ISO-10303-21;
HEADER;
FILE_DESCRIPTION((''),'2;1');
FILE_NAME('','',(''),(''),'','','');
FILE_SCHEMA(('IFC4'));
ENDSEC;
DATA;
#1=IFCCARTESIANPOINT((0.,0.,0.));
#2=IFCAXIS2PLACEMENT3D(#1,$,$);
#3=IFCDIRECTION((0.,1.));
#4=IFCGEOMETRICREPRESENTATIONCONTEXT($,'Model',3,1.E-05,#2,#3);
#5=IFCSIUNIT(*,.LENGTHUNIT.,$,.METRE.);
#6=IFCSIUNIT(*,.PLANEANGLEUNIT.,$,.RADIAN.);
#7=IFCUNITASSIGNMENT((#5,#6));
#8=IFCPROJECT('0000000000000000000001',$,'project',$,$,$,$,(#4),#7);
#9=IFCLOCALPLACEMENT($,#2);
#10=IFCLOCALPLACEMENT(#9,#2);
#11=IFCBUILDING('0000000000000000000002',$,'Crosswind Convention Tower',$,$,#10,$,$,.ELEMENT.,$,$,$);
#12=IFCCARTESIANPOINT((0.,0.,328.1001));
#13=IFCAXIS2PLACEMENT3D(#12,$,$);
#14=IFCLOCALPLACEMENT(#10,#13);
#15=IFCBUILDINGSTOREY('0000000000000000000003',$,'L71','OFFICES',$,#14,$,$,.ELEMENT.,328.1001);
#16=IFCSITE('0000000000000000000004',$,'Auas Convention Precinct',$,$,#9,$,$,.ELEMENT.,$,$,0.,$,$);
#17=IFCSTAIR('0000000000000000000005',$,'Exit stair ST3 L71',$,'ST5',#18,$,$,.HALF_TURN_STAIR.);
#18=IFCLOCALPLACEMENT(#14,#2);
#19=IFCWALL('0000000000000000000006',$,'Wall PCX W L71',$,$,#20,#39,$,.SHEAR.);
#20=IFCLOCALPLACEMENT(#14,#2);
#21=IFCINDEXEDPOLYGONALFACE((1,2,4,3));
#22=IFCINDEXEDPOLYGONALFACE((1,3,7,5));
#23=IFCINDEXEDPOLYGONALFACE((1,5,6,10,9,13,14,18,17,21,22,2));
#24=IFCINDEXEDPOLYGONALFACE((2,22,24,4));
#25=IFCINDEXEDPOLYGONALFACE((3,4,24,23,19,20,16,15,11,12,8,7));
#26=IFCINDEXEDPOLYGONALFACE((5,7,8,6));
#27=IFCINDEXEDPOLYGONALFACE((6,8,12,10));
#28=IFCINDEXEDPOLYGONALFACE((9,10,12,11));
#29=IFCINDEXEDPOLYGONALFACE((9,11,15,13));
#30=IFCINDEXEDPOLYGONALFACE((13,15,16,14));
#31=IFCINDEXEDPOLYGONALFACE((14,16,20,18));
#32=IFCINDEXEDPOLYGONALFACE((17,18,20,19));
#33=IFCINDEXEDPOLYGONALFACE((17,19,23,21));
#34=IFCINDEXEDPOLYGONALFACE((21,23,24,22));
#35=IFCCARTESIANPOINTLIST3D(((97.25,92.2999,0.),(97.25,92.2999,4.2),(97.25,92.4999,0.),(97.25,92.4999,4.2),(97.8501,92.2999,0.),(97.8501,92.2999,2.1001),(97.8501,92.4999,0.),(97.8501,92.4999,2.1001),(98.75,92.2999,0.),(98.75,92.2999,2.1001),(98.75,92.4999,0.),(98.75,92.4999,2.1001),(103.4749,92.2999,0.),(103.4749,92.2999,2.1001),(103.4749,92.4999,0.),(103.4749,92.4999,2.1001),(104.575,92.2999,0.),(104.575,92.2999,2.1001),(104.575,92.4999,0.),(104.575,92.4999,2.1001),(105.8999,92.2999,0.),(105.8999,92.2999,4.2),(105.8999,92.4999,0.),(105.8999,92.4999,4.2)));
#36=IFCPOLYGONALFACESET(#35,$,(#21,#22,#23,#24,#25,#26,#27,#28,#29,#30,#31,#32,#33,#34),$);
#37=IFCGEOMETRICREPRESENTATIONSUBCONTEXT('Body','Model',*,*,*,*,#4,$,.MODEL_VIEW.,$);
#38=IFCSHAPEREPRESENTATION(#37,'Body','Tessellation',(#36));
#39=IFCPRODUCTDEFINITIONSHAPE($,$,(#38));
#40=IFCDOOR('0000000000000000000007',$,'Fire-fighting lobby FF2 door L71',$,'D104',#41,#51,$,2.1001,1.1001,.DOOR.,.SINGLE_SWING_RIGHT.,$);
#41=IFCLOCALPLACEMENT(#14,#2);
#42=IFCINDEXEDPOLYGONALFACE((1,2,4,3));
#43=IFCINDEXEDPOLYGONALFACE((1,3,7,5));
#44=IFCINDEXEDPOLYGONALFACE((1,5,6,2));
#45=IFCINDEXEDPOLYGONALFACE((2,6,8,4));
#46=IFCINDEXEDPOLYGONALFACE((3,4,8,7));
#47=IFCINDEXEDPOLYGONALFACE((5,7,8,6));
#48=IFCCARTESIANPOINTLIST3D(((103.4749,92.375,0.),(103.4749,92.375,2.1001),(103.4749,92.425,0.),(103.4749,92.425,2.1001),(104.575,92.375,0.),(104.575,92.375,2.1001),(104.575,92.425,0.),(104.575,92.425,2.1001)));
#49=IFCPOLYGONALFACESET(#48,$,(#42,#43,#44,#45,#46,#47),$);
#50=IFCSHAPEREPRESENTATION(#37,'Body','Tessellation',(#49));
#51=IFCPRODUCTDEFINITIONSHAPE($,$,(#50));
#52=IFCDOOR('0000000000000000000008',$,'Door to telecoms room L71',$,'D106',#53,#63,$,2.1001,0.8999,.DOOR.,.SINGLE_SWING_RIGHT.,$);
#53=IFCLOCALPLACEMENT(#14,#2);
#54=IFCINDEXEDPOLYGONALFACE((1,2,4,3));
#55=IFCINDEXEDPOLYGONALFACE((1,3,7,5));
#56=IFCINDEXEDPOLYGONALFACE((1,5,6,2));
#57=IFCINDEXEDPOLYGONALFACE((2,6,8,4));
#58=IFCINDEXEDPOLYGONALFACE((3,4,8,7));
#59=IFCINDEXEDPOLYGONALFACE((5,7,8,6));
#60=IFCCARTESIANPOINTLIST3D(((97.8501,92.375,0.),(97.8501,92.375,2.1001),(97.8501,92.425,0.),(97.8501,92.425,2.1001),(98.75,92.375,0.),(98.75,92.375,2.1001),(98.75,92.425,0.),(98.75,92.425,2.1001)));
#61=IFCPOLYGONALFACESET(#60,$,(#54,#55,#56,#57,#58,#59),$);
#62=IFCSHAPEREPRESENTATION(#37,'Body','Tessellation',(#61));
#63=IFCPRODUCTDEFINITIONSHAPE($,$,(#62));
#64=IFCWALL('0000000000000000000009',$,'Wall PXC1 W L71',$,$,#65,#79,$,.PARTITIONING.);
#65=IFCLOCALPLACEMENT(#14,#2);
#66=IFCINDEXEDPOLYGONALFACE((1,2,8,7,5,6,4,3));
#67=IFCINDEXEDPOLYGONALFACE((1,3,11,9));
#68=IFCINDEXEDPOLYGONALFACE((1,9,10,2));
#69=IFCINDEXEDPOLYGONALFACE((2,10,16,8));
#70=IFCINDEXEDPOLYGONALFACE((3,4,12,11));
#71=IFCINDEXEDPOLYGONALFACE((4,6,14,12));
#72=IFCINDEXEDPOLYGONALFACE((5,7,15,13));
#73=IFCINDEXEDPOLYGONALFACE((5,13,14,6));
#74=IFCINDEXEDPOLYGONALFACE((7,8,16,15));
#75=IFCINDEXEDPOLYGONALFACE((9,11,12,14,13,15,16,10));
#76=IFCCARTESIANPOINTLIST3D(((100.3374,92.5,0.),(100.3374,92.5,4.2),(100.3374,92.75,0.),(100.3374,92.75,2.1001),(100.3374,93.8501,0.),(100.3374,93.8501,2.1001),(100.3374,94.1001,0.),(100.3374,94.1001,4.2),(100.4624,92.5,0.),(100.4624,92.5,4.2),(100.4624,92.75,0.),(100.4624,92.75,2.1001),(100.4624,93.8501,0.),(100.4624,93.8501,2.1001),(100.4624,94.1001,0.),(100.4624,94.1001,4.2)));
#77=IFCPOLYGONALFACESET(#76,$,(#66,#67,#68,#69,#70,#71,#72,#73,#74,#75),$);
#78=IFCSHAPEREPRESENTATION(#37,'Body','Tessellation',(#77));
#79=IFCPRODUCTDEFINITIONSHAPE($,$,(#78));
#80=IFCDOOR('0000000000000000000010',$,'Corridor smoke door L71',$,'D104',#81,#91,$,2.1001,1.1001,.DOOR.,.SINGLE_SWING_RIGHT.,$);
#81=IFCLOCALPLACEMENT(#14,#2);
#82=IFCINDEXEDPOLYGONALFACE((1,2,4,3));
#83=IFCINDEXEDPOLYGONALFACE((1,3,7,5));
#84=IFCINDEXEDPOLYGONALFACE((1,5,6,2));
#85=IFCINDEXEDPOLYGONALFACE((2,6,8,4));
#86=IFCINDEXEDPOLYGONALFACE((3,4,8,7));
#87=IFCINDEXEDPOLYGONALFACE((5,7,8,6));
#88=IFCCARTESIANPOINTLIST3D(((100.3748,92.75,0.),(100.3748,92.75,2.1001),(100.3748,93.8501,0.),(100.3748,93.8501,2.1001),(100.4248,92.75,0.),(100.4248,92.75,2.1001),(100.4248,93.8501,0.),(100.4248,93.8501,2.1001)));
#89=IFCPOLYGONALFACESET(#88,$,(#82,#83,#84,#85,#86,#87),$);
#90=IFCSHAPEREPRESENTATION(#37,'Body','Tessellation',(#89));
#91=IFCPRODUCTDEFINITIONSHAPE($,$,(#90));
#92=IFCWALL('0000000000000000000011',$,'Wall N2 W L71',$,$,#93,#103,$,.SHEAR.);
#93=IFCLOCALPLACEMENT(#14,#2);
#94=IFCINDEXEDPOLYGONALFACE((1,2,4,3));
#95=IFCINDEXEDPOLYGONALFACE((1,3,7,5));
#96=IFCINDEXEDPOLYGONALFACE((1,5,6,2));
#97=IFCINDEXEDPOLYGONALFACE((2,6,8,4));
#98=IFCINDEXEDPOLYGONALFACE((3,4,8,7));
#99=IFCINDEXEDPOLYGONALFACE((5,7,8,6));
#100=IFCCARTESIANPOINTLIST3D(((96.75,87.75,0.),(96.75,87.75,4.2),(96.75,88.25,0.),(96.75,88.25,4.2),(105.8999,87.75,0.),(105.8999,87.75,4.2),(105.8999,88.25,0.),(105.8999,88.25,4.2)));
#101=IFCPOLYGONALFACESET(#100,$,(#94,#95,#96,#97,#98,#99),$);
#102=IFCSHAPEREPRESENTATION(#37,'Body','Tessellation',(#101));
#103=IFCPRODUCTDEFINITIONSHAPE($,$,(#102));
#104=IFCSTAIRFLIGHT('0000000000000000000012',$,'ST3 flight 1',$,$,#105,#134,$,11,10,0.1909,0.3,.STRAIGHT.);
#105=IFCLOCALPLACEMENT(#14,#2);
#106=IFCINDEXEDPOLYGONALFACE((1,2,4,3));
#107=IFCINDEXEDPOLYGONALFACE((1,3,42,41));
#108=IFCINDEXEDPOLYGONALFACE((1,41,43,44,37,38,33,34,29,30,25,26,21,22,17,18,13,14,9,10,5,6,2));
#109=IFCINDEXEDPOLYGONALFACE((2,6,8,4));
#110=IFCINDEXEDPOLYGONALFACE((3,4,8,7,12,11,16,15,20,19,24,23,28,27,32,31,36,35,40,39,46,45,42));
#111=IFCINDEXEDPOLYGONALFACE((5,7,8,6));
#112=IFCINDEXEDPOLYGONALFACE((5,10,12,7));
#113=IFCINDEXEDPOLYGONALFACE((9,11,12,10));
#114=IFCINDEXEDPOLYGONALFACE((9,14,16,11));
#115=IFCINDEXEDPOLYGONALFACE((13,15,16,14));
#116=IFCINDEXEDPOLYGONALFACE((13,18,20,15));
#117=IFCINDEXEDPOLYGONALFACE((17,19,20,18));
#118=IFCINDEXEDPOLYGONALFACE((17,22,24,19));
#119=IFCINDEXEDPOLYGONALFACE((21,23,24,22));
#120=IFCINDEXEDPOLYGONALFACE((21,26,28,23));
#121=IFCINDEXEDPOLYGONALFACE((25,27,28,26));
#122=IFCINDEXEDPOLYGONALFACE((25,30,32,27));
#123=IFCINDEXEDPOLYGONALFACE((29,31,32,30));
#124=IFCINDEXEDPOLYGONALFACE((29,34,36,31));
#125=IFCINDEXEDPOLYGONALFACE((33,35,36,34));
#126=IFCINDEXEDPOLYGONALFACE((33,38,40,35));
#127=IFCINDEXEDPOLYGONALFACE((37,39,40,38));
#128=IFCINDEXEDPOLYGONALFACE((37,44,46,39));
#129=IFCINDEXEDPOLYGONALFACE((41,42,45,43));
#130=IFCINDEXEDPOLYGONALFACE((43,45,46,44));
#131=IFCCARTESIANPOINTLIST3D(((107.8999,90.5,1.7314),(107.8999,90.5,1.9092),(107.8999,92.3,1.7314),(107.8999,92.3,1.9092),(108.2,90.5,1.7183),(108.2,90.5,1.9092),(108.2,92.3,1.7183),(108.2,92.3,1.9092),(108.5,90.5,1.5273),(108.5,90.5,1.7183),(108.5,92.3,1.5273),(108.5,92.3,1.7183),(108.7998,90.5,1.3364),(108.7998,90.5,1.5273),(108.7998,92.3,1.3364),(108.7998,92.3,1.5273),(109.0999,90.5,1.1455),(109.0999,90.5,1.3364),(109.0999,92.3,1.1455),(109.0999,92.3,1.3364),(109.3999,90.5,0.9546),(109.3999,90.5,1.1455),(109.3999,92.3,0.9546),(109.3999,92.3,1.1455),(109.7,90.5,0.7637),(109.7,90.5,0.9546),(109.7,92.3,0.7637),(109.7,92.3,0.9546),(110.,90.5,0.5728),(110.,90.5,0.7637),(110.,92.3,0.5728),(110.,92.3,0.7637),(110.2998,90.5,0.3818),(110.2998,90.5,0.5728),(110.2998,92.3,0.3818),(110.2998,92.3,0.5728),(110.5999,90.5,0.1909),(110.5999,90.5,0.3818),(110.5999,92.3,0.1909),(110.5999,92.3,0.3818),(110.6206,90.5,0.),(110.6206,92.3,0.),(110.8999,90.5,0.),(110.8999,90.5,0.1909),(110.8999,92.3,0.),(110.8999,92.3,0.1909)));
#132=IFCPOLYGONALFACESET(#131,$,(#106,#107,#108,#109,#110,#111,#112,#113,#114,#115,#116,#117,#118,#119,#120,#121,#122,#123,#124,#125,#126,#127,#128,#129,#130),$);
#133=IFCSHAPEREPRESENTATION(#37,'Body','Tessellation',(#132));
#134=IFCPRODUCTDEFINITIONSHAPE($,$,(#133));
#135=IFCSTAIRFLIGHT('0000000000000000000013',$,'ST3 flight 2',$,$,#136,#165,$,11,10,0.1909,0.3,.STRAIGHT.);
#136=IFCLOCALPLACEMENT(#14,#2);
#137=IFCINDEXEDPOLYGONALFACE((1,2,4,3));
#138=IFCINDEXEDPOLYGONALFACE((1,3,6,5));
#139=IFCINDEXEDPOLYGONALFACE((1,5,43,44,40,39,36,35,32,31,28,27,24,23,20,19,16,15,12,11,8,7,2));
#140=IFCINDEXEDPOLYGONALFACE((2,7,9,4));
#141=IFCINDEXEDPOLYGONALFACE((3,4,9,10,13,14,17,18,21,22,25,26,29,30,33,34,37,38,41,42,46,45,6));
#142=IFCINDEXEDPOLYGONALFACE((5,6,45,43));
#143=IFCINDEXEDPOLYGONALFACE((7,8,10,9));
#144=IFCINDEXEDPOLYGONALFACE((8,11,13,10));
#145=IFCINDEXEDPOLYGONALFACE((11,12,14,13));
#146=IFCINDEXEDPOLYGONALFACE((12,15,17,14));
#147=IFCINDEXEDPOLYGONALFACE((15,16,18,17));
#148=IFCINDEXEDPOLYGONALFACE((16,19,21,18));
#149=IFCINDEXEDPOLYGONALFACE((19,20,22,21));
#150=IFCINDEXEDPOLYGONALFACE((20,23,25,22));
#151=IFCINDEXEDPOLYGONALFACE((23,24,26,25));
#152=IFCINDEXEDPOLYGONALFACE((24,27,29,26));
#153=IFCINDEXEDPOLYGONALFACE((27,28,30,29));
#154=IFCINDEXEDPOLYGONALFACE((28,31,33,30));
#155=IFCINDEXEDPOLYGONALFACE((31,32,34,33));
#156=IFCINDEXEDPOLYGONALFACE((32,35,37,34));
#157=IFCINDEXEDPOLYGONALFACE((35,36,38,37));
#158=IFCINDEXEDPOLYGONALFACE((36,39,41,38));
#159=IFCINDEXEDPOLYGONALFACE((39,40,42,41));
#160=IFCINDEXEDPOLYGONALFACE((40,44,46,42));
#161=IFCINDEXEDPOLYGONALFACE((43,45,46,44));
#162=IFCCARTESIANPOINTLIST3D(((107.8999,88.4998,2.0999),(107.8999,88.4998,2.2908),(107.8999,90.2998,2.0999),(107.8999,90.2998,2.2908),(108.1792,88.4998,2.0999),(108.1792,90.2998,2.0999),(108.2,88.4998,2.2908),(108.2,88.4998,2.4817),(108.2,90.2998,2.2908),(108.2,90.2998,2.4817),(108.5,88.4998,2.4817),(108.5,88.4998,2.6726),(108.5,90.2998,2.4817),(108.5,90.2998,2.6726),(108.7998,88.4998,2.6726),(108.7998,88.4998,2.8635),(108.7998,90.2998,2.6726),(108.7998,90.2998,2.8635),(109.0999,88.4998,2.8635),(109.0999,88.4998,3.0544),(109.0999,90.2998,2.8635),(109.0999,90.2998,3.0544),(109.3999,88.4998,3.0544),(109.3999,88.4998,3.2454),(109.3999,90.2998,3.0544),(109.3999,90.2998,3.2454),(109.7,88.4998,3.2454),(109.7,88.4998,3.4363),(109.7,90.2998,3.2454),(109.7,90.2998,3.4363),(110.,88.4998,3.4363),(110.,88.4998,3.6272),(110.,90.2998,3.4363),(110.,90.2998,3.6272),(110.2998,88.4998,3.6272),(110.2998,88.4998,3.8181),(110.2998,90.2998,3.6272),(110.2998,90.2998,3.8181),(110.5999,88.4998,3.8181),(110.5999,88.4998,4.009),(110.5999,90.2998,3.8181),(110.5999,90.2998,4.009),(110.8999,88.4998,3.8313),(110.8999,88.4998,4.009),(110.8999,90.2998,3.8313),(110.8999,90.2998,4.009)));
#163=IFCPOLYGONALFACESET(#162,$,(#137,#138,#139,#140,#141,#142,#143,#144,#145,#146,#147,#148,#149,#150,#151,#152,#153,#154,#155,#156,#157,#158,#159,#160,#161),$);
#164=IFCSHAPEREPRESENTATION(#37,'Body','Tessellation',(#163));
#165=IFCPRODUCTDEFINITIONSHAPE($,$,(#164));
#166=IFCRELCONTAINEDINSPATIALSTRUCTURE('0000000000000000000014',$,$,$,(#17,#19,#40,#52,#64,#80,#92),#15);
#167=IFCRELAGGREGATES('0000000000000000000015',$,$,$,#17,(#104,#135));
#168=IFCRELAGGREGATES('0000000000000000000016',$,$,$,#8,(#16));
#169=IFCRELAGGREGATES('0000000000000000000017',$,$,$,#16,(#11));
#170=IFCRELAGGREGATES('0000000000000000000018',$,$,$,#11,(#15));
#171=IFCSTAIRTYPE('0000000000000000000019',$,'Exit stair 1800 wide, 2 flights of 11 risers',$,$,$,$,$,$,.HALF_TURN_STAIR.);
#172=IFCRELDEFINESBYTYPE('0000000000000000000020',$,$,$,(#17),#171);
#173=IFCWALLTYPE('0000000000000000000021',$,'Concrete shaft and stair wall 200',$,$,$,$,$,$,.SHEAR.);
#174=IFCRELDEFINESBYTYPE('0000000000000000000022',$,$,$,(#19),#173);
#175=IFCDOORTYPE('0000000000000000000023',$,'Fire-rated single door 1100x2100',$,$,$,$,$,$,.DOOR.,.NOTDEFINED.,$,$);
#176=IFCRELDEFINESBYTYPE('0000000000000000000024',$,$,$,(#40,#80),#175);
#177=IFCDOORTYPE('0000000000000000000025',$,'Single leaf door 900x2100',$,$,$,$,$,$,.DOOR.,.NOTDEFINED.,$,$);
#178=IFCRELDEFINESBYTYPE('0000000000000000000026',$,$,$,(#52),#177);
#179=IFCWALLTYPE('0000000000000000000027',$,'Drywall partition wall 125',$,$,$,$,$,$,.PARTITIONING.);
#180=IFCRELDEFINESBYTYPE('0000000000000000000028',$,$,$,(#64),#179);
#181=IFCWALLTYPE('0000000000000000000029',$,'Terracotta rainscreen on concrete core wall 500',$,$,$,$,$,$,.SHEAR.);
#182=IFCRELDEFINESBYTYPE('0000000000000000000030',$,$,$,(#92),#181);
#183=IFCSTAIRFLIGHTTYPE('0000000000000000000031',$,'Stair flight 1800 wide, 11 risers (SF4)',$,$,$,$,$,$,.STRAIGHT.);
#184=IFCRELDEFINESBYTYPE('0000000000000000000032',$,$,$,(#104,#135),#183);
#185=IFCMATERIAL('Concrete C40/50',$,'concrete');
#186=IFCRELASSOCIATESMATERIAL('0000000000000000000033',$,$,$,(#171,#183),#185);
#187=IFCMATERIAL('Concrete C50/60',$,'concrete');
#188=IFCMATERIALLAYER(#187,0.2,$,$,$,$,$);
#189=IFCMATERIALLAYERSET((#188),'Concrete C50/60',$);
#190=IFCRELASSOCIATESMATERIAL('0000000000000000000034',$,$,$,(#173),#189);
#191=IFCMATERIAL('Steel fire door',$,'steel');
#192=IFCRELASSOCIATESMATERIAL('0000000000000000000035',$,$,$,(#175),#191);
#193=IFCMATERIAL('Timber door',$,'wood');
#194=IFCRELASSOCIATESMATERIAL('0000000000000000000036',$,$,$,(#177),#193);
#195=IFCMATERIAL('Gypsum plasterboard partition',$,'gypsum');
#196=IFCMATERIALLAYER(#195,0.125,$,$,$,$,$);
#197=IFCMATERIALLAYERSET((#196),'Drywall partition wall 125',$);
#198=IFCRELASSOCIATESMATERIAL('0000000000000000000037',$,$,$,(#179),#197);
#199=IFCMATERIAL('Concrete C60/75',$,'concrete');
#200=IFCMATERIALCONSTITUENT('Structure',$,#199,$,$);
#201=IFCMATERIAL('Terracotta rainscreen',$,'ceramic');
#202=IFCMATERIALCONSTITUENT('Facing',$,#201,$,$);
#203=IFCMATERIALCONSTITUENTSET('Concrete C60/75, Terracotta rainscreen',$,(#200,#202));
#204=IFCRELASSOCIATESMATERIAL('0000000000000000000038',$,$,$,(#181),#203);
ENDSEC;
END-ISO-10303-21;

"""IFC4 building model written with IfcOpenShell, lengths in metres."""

from ifc_helpers import new_model, si_unit, direction, frame, frame_2d, origin, place, context, subcontext, project, spatial, polyline, rectangle, outline, extrude, material, layer, layer_set, constituent, constituent_set, type_object, element, fill, aggregate, save


model = new_model("IFC4")

# Units and contexts
model_context = context("Model", 3, precision=1e-05, world=origin(), true_north=direction((0.0, 1.0)))
body_context = subcontext(model_context, "Body", "Model", "MODEL_VIEW")
ifc_project = project(units=[si_unit("LENGTHUNIT", "METRE"), si_unit("PLANEANGLEUNIT", "RADIAN")], contexts=[model_context])

# Site, building, storey
site_placement = place(None, origin())
site = spatial("IfcSite", under=ifc_project, at=site_placement, Name="Auas Convention Precinct", CompositionType="ELEMENT", RefElevation=0.0)
building_placement = place(site_placement, origin())
building = spatial("IfcBuilding", under=site, at=building_placement, Name="Crosswind Convention Tower", CompositionType="ELEMENT")
storey_placement = place(building_placement, frame((0.0, 0.0, 328.1001)))
storey = spatial("IfcBuildingStorey", under=building, at=storey_placement, Name="L71", Description="OFFICES", CompositionType="ELEMENT", Elevation=328.1001)

# Shared definitions
ifc_material_1 = material(Name="Concrete C40/50", Category="concrete")

# Stair
stair_type = type_object("IfcStairType", Name="Exit stair 1800 wide, 2 flights of 11 risers", PredefinedType="HALF_TURN_STAIR", material=ifc_material_1)
stair_1_placement = place(storey_placement, origin())
stair_1 = element("IfcStair", 1, at=stair_1_placement, inside=storey, type_object=stair_type, Name="Exit stair ST3 L71", ObjectType="ST5", PredefinedType="HALF_TURN_STAIR")

# Shared definitions
ifc_material_2 = material(Name="Concrete C50/60", Category="concrete")
ifc_layer_1 = layer(ifc_material_2, 0.2)
ifc_layer_set_1 = layer_set([ifc_layer_1], Name="Concrete C50/60")
wall_type_1 = type_object("IfcWallType", Name="Concrete shaft and stair wall 200", PredefinedType="SHEAR", material=ifc_layer_set_1)
ifc_material_3 = material(Name="Steel fire door", Category="steel")
door_type_1 = type_object("IfcDoorType", Name="Fire-rated single door 1100x2100", OperationType="NOTDEFINED", PredefinedType="DOOR", material=ifc_material_3)

# Wall, openings, doors
wall_1_placement = place(storey_placement, frame((105.8999, 92.3999, 0.0), z_axis=(0.0, 0.0, 1.0), x_axis=(-1.0, 0.0, 0.0)))
wall_1 = element("IfcWall", 2, at=wall_1_placement, inside=storey, type_object=wall_type_1, Name="Wall PCX W L71", PredefinedType="SHEAR", context=body_context, shape_type="SweptSolid", body=[
    extrude(rectangle(XDim=8.6499, YDim=0.2, at=frame_2d((4.325, 0.0))), origin(), (0.0, 0.0, 1.0), 4.2),
])
opening_1_placement = place(wall_1_placement, frame((1.325, 0.0, 0.0)))
opening_1 = element("IfcOpeningElement", 3, at=opening_1_placement, cuts=wall_1, PredefinedType="OPENING", context=body_context, shape_type="SweptSolid", body=[
    extrude(rectangle(XDim=1.1001, YDim=2.1001, at=frame_2d((0.55, 1.05))), frame((0.0, 0.1099, 0.0), z_axis=(0.0, -1.0, 0.0), x_axis=(1.0, 0.0, 0.0)), (0.0, 0.0, 1.0), 0.22),
])
opening_2_placement = place(wall_1_placement, frame((7.1499, 0.0, 0.0)))
opening_2 = element("IfcOpeningElement", 4, at=opening_2_placement, cuts=wall_1, PredefinedType="OPENING", context=body_context, shape_type="SweptSolid", body=[
    extrude(rectangle(XDim=0.8999, YDim=2.1001, at=frame_2d((0.45, 1.05))), frame((0.0, 0.1099, 0.0), z_axis=(0.0, -1.0, 0.0), x_axis=(1.0, 0.0, 0.0)), (0.0, 0.0, 1.0), 0.22),
])
door_1_placement = place(opening_1_placement, origin())
door_1 = element("IfcDoor", 5, at=door_1_placement, inside=storey, type_object=door_type_1, Name="Fire-fighting lobby FF2 door L71", ObjectType="D104", OperationType="SINGLE_SWING_RIGHT", OverallHeight=2.1001, OverallWidth=1.1001, PredefinedType="DOOR", context=body_context, shape_type="SweptSolid", body=[
    extrude(rectangle(XDim=1.1001, YDim=2.1001, at=frame_2d((0.55, 1.05))), frame((0.0, 0.0249, 0.0), z_axis=(0.0, -1.0, 0.0), x_axis=(1.0, 0.0, 0.0)), (0.0, 0.0, 1.0), 0.05),
])
fill(opening_1, door_1)
ifc_material_4 = material(Name="Timber door", Category="wood")
door_type_2 = type_object("IfcDoorType", Name="Single leaf door 900x2100", OperationType="NOTDEFINED", PredefinedType="DOOR", material=ifc_material_4)
door_2_placement = place(opening_2_placement, origin())
door_2 = element("IfcDoor", 6, at=door_2_placement, inside=storey, type_object=door_type_2, Name="Door to telecoms room L71", ObjectType="D106", OperationType="SINGLE_SWING_RIGHT", OverallHeight=2.1001, OverallWidth=0.8999, PredefinedType="DOOR", context=body_context, shape_type="SweptSolid", body=[
    extrude(rectangle(XDim=0.8999, YDim=2.1001, at=frame_2d((0.45, 1.05))), frame((0.0, 0.0249, 0.0), z_axis=(0.0, -1.0, 0.0), x_axis=(1.0, 0.0, 0.0)), (0.0, 0.0, 1.0), 0.05),
])
fill(opening_2, door_2)

# Wall, opening, door
ifc_material_5 = material(Name="Gypsum plasterboard partition", Category="gypsum")
ifc_layer_2 = layer(ifc_material_5, 0.125)
ifc_layer_set_2 = layer_set([ifc_layer_2], Name="Drywall partition wall 125")
wall_type_2 = type_object("IfcWallType", Name="Drywall partition wall 125", PredefinedType="PARTITIONING", material=ifc_layer_set_2)
wall_2_placement = place(storey_placement, frame((100.3999, 94.1001, 0.0), z_axis=(0.0, 0.0, 1.0), x_axis=(0.0, -1.0, 0.0)))
wall_2 = element("IfcWall", 7, at=wall_2_placement, inside=storey, type_object=wall_type_2, Name="Wall PXC1 W L71", PredefinedType="PARTITIONING", context=body_context, shape_type="SweptSolid", body=[
    extrude(rectangle(XDim=1.6001, YDim=0.125, at=frame_2d((0.8, 0.0))), origin(), (0.0, 0.0, 1.0), 4.2),
])
opening_3_placement = place(wall_2_placement, frame((0.25, 0.0, 0.0)))
opening_3 = element("IfcOpeningElement", 8, at=opening_3_placement, cuts=wall_2, PredefinedType="OPENING", context=body_context, shape_type="SweptSolid", body=[
    extrude(rectangle(XDim=1.1001, YDim=2.1001, at=frame_2d((0.55, 1.05))), frame((0.0, 0.0725, 0.0), z_axis=(0.0, -1.0, 0.0), x_axis=(1.0, 0.0, 0.0)), (0.0, 0.0, 1.0), 0.145),
])
door_3_placement = place(opening_3_placement, origin())
door_3 = element("IfcDoor", 9, at=door_3_placement, inside=storey, type_object=door_type_1, Name="Corridor smoke door L71", ObjectType="D104", OperationType="SINGLE_SWING_RIGHT", OverallHeight=2.1001, OverallWidth=1.1001, PredefinedType="DOOR", context=body_context, shape_type="SweptSolid", body=[
    extrude(rectangle(XDim=1.1001, YDim=2.1001, at=frame_2d((0.55, 1.05))), frame((0.0, 0.0249, 0.0), z_axis=(0.0, -1.0, 0.0), x_axis=(1.0, 0.0, 0.0)), (0.0, 0.0, 1.0), 0.05),
])
fill(opening_3, door_3)

# Wall
ifc_material_6 = material(Name="Concrete C60/75", Category="concrete")
ifc_constituent_1 = constituent(ifc_material_6, Name="Structure")
ifc_material_7 = material(Name="Terracotta rainscreen", Category="ceramic")
ifc_constituent_2 = constituent(ifc_material_7, Name="Facing")
ifc_constituent_set = constituent_set(constituents=[ifc_constituent_1, ifc_constituent_2], Name="Concrete C60/75, Terracotta rainscreen")
wall_type_3 = type_object("IfcWallType", Name="Terracotta rainscreen on concrete core wall 500", PredefinedType="SHEAR", material=ifc_constituent_set)
wall_3_placement = place(storey_placement, frame((105.8999, 88.0, 0.0), z_axis=(0.0, 0.0, 1.0), x_axis=(-1.0, 0.0, 0.0)))
element("IfcWall", 10, at=wall_3_placement, inside=storey, type_object=wall_type_3, Name="Wall N2 W L71", PredefinedType="SHEAR", context=body_context, shape_type="SweptSolid", body=[
    extrude(rectangle(XDim=9.1499, YDim=0.5, at=frame_2d((4.575, 0.0))), origin(), (0.0, 0.0, 1.0), 4.2),
])

# Stair flights
stair_flight_type = type_object("IfcStairFlightType", Name="Stair flight 1800 wide, 11 risers (SF4)", PredefinedType="STRAIGHT", material=ifc_material_1)
stair_flight_1_placement = place(storey_placement, frame((110.8999, 91.3999, 0.0), z_axis=(0.0, 0.0, 1.0), x_axis=(-1.0, 0.0, 0.0)))
stair_flight_1 = element("IfcStairFlight", 11, at=stair_flight_1_placement, type_object=stair_flight_type, Name="ST3 flight 1", NumberOfRisers=11, NumberOfTreads=10, PredefinedType="STRAIGHT", RiserHeight=0.1909, TreadLength=0.3, context=body_context, shape_type="SweptSolid", body=[
    extrude(outline(polyline([(0.0, 0.0), (0.0, 0.1909), (0.3, 0.1909), (0.3, 0.3818), (0.6001, 0.3818), (0.6001, 0.5728), (0.8999, 0.5728), (0.8999, 0.7637), (1.2, 0.7637), (1.2, 0.9546), (1.5, 0.9546), (1.5, 1.1455), (1.8, 1.1455), (1.8, 1.3364), (2.1001, 1.3364), (2.1001, 1.5273), (2.3999, 1.5273), (2.3999, 1.7183), (2.7, 1.7183), (2.7, 1.9092), (3.0, 1.9092), (3.0, 2.1001), (3.0, 1.7314), (0.2793, 0.0), (0.0, 0.0)])), frame((0.0, 0.8999, 0.0), z_axis=(0.0, -1.0, 0.0), x_axis=(1.0, 0.0, 0.0)), (0.0, 0.0, 1.0), 1.8),
])
stair_flight_2_placement = place(storey_placement, frame((107.8999, 89.3999, 2.0999), z_axis=(0.0, 0.0, 1.0), x_axis=(1.0, 0.0, 0.0)))
stair_flight_2 = element("IfcStairFlight", 12, at=stair_flight_2_placement, type_object=stair_flight_type, Name="ST3 flight 2", NumberOfRisers=11, NumberOfTreads=10, PredefinedType="STRAIGHT", RiserHeight=0.1909, TreadLength=0.3, context=body_context, shape_type="SweptSolid", body=[
    extrude(outline(polyline([(0.0, 0.0), (0.0, 0.1909), (0.3, 0.1909), (0.3, 0.3818), (0.6001, 0.3818), (0.6001, 0.5728), (0.8999, 0.5728), (0.8999, 0.7637), (1.2, 0.7637), (1.2, 0.9546), (1.5, 0.9546), (1.5, 1.1455), (1.8, 1.1455), (1.8, 1.3364), (2.1001, 1.3364), (2.1001, 1.5273), (2.3999, 1.5273), (2.3999, 1.7183), (2.7, 1.7183), (2.7, 1.9092), (3.0, 1.9092), (3.0, 2.1001), (3.0, 1.7314), (0.2793, 0.0), (0.0, 0.0)])), frame((0.0, 0.8999, 0.0), z_axis=(0.0, -1.0, 0.0), x_axis=(1.0, 0.0, 0.0)), (0.0, 0.0, 1.0), 1.8),
])
aggregate(stair_1, [stair_flight_1, stair_flight_2])

save(model, "model.ifc")
